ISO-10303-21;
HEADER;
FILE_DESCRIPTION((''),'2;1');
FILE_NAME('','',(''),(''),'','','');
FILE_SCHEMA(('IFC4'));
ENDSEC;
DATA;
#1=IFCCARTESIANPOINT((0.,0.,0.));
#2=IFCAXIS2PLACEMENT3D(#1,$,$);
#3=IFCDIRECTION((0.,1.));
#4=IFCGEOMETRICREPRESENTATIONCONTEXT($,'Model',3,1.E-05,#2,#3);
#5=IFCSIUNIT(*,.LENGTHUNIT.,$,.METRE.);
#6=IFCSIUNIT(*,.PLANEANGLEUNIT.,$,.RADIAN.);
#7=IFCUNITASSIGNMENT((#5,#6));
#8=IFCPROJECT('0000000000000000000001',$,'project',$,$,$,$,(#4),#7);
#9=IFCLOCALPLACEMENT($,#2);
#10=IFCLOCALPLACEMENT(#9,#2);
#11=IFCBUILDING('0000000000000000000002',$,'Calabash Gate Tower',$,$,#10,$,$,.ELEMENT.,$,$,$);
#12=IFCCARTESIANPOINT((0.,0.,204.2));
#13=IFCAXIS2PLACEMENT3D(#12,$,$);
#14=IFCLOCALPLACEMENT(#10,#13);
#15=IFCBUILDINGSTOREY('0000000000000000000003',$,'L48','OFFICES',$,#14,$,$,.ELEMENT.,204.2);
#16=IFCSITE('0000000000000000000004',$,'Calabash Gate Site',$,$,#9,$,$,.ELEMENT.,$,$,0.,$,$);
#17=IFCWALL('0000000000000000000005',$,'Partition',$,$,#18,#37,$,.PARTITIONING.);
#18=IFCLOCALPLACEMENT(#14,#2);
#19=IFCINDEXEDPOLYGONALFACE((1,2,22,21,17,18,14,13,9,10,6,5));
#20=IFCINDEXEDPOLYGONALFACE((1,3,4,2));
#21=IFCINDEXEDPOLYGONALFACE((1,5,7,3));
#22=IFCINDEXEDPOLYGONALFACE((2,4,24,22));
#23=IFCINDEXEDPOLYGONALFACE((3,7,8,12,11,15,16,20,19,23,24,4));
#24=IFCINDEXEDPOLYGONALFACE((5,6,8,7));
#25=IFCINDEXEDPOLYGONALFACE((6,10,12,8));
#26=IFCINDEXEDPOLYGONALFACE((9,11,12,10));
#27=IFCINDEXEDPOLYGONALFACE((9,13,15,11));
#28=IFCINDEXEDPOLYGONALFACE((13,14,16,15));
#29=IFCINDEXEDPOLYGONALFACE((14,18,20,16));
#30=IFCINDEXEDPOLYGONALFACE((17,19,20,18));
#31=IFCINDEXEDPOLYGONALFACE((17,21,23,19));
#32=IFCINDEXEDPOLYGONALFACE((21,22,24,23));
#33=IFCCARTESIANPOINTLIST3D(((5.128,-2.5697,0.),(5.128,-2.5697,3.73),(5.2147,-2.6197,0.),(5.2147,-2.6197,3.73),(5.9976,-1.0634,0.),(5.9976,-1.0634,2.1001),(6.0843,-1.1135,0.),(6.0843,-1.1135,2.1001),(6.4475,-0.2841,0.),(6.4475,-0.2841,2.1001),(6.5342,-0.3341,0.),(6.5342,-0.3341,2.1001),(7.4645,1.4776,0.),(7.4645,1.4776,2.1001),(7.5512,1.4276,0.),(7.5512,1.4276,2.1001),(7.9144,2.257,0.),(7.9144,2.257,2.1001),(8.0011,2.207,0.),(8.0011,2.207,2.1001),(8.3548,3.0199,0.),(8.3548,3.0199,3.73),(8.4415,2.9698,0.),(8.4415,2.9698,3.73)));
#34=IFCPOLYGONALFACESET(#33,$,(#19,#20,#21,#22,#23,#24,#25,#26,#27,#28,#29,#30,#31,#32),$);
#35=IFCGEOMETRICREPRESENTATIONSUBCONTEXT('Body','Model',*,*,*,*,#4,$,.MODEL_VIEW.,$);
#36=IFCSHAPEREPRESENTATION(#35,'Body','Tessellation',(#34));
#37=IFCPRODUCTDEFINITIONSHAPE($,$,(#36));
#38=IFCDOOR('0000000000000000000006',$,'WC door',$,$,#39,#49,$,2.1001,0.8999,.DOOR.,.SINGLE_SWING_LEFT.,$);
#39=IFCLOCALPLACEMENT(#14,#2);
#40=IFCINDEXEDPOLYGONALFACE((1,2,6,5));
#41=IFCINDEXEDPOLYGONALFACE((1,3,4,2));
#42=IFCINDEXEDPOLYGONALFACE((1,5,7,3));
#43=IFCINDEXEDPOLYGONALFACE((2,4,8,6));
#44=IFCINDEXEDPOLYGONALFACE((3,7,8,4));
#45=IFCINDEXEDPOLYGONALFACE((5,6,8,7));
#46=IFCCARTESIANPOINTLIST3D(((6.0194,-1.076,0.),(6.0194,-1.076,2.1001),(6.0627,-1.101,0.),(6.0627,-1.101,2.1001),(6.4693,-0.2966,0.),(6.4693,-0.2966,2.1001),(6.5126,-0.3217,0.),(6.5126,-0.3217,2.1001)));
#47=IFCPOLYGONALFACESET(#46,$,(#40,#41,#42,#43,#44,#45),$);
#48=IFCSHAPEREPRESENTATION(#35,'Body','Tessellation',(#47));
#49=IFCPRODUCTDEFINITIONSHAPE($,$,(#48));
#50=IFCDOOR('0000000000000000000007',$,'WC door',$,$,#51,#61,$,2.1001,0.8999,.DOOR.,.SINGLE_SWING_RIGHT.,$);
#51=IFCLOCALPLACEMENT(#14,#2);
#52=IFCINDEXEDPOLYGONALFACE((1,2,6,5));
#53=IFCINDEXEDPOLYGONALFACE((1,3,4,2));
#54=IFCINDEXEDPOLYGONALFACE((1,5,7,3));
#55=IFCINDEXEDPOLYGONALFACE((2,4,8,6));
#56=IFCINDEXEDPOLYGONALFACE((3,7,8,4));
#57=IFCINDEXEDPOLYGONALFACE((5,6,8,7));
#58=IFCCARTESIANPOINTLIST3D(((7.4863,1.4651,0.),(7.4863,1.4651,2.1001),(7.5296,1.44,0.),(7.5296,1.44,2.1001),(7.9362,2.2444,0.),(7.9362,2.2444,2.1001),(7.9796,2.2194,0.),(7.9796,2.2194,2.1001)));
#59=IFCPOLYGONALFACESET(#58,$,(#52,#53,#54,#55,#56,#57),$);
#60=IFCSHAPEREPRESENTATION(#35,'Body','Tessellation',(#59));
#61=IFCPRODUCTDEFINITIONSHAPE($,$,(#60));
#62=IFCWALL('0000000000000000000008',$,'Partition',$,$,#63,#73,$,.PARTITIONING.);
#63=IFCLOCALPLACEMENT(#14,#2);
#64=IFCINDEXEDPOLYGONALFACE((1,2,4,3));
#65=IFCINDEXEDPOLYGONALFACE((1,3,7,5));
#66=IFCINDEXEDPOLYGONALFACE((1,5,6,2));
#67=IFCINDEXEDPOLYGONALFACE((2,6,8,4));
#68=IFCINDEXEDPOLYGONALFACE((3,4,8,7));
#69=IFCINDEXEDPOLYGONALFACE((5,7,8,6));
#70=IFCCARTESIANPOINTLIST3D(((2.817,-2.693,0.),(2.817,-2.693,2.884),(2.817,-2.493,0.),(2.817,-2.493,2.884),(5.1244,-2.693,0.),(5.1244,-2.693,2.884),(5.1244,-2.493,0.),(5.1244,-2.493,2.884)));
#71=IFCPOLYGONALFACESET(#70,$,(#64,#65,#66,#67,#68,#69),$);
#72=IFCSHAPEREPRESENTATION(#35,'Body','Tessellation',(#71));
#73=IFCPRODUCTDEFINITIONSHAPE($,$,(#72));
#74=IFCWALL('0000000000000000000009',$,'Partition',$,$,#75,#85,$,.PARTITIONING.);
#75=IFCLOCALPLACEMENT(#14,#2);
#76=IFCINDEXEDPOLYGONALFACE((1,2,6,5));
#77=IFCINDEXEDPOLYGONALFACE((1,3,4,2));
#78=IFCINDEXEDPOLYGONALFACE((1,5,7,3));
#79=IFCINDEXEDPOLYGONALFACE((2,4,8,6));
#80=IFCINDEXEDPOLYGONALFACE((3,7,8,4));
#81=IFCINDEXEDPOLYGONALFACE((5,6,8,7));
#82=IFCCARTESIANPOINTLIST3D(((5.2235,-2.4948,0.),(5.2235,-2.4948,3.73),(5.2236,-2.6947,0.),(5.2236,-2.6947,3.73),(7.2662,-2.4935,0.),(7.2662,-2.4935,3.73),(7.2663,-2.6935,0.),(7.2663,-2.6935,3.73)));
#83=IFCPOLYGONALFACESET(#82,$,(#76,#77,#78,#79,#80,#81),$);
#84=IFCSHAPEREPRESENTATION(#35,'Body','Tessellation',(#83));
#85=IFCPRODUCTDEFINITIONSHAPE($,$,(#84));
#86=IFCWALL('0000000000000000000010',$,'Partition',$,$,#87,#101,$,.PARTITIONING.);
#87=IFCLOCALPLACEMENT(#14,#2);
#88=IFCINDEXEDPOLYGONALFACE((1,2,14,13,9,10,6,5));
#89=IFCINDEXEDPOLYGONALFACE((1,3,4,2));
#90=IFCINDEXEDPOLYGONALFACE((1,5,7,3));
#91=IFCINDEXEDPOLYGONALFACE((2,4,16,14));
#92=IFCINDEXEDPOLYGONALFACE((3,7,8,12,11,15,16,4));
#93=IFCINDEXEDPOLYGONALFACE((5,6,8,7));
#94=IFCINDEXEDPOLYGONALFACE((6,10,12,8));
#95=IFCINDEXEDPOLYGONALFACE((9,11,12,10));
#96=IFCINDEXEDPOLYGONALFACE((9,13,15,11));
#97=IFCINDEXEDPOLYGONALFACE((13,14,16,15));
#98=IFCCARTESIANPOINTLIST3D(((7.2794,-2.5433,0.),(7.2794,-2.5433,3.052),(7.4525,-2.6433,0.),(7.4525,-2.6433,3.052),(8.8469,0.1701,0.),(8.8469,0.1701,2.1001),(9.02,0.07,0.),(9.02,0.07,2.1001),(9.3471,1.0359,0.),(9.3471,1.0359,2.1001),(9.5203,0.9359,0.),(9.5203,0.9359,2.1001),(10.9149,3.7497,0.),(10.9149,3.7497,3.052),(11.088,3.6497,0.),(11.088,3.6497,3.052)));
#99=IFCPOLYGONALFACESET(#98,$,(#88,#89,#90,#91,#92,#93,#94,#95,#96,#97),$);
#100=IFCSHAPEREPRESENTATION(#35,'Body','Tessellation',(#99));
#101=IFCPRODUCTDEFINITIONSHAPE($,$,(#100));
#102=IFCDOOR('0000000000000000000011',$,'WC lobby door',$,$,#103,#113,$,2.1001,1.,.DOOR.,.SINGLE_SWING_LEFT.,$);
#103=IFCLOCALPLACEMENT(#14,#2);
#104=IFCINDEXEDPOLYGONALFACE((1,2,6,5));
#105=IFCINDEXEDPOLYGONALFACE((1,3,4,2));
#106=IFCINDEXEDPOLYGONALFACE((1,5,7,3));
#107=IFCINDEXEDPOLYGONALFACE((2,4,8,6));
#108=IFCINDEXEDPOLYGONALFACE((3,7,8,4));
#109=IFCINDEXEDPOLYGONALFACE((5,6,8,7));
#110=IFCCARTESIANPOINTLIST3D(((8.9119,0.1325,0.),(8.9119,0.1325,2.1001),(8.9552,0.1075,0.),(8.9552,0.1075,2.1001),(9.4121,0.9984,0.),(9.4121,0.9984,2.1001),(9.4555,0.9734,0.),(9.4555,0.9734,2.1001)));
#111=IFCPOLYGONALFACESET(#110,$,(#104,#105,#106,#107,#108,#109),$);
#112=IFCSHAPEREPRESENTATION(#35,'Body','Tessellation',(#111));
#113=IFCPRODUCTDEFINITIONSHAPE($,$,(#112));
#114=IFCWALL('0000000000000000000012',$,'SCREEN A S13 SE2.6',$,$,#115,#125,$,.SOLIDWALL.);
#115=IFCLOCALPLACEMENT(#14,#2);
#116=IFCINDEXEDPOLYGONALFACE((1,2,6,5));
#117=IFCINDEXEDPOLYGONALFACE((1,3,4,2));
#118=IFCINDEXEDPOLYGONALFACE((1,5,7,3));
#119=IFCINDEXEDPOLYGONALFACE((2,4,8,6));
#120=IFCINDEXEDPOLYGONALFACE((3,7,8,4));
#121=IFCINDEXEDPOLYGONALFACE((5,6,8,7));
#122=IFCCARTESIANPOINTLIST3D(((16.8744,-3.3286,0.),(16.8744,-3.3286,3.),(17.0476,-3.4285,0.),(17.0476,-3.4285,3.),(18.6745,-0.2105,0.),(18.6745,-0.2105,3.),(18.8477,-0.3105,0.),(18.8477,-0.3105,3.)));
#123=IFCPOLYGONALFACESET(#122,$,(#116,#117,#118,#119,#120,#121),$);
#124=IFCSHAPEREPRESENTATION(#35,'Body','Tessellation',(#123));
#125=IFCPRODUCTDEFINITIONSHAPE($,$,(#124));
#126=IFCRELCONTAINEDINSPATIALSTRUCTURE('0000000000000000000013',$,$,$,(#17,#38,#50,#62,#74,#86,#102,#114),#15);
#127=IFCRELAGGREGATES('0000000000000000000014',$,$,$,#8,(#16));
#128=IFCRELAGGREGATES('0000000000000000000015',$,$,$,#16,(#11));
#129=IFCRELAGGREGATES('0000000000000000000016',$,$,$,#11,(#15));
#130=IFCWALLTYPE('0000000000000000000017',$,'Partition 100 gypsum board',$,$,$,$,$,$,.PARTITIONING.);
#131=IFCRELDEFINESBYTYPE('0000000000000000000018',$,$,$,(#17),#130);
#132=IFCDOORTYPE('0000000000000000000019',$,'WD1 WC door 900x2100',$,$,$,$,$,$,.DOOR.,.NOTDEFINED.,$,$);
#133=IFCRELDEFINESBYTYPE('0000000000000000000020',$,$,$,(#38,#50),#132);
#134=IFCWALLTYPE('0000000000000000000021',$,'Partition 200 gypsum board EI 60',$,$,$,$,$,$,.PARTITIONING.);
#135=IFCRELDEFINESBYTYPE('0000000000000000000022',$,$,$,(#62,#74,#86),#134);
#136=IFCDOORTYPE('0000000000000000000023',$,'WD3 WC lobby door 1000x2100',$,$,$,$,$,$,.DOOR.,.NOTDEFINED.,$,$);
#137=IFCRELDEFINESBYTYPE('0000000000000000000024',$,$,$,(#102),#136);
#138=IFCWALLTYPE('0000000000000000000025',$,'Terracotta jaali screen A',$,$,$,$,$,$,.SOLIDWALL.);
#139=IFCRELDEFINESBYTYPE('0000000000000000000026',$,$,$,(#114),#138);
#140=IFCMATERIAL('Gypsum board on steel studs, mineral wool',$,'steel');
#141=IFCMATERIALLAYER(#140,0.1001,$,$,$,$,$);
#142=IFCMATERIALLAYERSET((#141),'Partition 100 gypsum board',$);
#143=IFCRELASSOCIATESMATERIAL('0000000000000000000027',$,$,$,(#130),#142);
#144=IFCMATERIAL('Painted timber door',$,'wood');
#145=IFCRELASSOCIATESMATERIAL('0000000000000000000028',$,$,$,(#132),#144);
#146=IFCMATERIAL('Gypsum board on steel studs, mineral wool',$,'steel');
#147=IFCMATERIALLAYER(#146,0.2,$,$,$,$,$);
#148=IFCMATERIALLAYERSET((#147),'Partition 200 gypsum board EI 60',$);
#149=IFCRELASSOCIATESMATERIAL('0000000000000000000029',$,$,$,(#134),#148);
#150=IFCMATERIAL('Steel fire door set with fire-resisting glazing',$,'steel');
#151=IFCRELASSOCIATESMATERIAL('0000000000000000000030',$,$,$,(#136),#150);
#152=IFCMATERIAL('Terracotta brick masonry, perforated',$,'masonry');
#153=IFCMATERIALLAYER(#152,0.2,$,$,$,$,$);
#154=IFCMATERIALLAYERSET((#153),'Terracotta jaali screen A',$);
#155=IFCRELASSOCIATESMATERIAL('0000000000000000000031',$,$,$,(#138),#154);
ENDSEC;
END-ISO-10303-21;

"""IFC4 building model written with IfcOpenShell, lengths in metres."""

from ifc_helpers import new_model, si_unit, direction, frame, frame_2d, origin, place, context, subcontext, project, spatial, rectangle, extrude, material, layer, layer_set, type_object, element, fill, save


model = new_model("IFC4")

# Units and contexts
model_context = context("Model", 3, precision=1e-05, world=origin(), true_north=direction((0.0, 1.0)))
body_context = subcontext(model_context, "Body", "Model", "MODEL_VIEW")
ifc_project = project(units=[si_unit("LENGTHUNIT", "METRE"), si_unit("PLANEANGLEUNIT", "RADIAN")], contexts=[model_context])

# Site, building, storey
site_placement = place(None, origin())
site = spatial("IfcSite", under=ifc_project, at=site_placement, Name="Calabash Gate Site", CompositionType="ELEMENT", RefElevation=0.0)
building_placement = place(site_placement, origin())
building = spatial("IfcBuilding", under=site, at=building_placement, Name="Calabash Gate Tower", CompositionType="ELEMENT")
storey_placement = place(building_placement, frame((0.0, 0.0, 204.2)))
storey = spatial("IfcBuildingStorey", under=building, at=storey_placement, Name="L48", Description="OFFICES", CompositionType="ELEMENT", Elevation=204.2)

# Wall, openings, doors
ifc_material_1 = material(Name="Gypsum board on steel studs, mineral wool", Category="steel")
ifc_layer_1 = layer(ifc_material_1, 0.1001)
ifc_layer_set_1 = layer_set([ifc_layer_1], Name="Partition 100 gypsum board")
wall_type_1 = type_object("IfcWallType", Name="Partition 100 gypsum board", PredefinedType="PARTITIONING", material=ifc_layer_set_1)
wall_1_placement = place(storey_placement, frame((5.1714, -2.5947, 0.0), z_axis=(0.0, 0.0, 1.0), x_axis=(0.499959, 0.866049, 0.0)))
wall_1 = element("IfcWall", 1, at=wall_1_placement, inside=storey, type_object=wall_type_1, Name="Partition", PredefinedType="PARTITIONING", context=body_context, shape_type="SweptSolid", body=[
    extrude(rectangle(XDim=6.4541, YDim=0.1001, at=frame_2d((3.2271, 0.0))), origin(), (0.0, 0.0, 1.0), 3.73),
])
opening_1_placement = place(wall_1_placement, frame((1.7393, 0.0, 0.0)))
opening_1 = element("IfcOpeningElement", 2, at=opening_1_placement, cuts=wall_1, PredefinedType="OPENING", context=body_context, shape_type="SweptSolid", body=[
    extrude(rectangle(XDim=0.8999, YDim=2.1001, at=frame_2d((0.45, 1.05))), frame((0.0, 0.0601, 0.0), z_axis=(0.0, -1.0, 0.0), x_axis=(1.0, 0.0, 0.0)), (0.0, 0.0, 1.0), 0.1201),
])
opening_2_placement = place(wall_1_placement, frame((4.6733, 0.0, 0.0)))
opening_2 = element("IfcOpeningElement", 3, at=opening_2_placement, cuts=wall_1, PredefinedType="OPENING", context=body_context, shape_type="SweptSolid", body=[
    extrude(rectangle(XDim=0.8999, YDim=2.1001, at=frame_2d((0.45, 1.05))), frame((0.0, 0.0601, 0.0), z_axis=(0.0, -1.0, 0.0), x_axis=(1.0, 0.0, 0.0)), (0.0, 0.0, 1.0), 0.1201),
])
ifc_material_2 = material(Name="Painted timber door", Category="wood")
door_type_1 = type_object("IfcDoorType", Name="WD1 WC door 900x2100", OperationType="NOTDEFINED", PredefinedType="DOOR", material=ifc_material_2)
door_1_placement = place(opening_1_placement, origin())
door_1 = element("IfcDoor", 4, at=door_1_placement, inside=storey, type_object=door_type_1, Name="WC door", OperationType="SINGLE_SWING_LEFT", OverallHeight=2.1001, OverallWidth=0.8999, PredefinedType="DOOR", context=body_context, shape_type="SweptSolid", body=[
    extrude(rectangle(XDim=0.8999, YDim=2.1001, at=frame_2d((0.45, 1.05))), frame((0.0, 0.0249, 0.0), z_axis=(0.0, -1.0, 0.0), x_axis=(1.0, 0.0, 0.0)), (0.0, 0.0, 1.0), 0.05),
])
fill(opening_1, door_1)
door_2_placement = place(opening_2_placement, origin())
door_2 = element("IfcDoor", 5, at=door_2_placement, inside=storey, type_object=door_type_1, Name="WC door", OperationType="SINGLE_SWING_RIGHT", OverallHeight=2.1001, OverallWidth=0.8999, PredefinedType="DOOR", context=body_context, shape_type="SweptSolid", body=[
    extrude(rectangle(XDim=0.8999, YDim=2.1001, at=frame_2d((0.45, 1.05))), frame((0.0, 0.0249, 0.0), z_axis=(0.0, -1.0, 0.0), x_axis=(1.0, 0.0, 0.0)), (0.0, 0.0, 1.0), 0.05),
])
fill(opening_2, door_2)

# Walls
ifc_material_3 = material(Name="Gypsum board on steel studs, mineral wool", Category="steel")
ifc_layer_2 = layer(ifc_material_3, 0.2)
ifc_layer_set_2 = layer_set([ifc_layer_2], Name="Partition 200 gypsum board EI 60")
wall_type_2 = type_object("IfcWallType", Name="Partition 200 gypsum board EI 60", PredefinedType="PARTITIONING", material=ifc_layer_set_2)
wall_2_placement = place(storey_placement, frame((2.8169, -2.593, 0.0), z_axis=(0.0, 0.0, 1.0), x_axis=(1.0, 0.0, 0.0)))
element("IfcWall", 6, at=wall_2_placement, inside=storey, type_object=wall_type_2, Name="Partition", PredefinedType="PARTITIONING", context=body_context, shape_type="SweptSolid", body=[
    extrude(rectangle(XDim=2.3074, YDim=0.2, at=frame_2d((1.1538, 0.0))), origin(), (0.0, 0.0, 1.0), 2.884),
])
wall_3_placement = place(storey_placement, frame((5.2234, -2.5947, 0.0), z_axis=(0.0, 0.0, 1.0), x_axis=(1.0, 0.000598, 0.0)))
element("IfcWall", 7, at=wall_3_placement, inside=storey, type_object=wall_type_2, Name="Partition", PredefinedType="PARTITIONING", context=body_context, shape_type="SweptSolid", body=[
    extrude(rectangle(XDim=2.0427, YDim=0.2, at=frame_2d((1.0215, 0.0))), origin(), (0.0, 0.0, 1.0), 3.73),
])

# Wall, opening, door
wall_4_placement = place(storey_placement, frame((7.366, -2.5933, 0.0), z_axis=(0.0, 0.0, 1.0), x_axis=(0.500232, 0.865891, 0.0)))
wall_4 = element("IfcWall", 8, at=wall_4_placement, inside=storey, type_object=wall_type_2, Name="Partition", PredefinedType="PARTITIONING", context=body_context, shape_type="SweptSolid", body=[
    extrude(rectangle(XDim=7.2676, YDim=0.2, at=frame_2d((3.6338, 0.0))), origin(), (0.0, 0.0, 1.0), 3.052),
])
opening_3_placement = place(wall_4_placement, frame((3.1335, 0.0, 0.0)))
opening_3 = element("IfcOpeningElement", 9, at=opening_3_placement, cuts=wall_4, PredefinedType="OPENING", context=body_context, shape_type="SweptSolid", body=[
    extrude(rectangle(XDim=1.0, YDim=2.1001, at=frame_2d((0.5, 1.05))), frame((0.0, 0.1099, 0.0), z_axis=(0.0, -1.0, 0.0), x_axis=(1.0, 0.0, 0.0)), (0.0, 0.0, 1.0), 0.22),
])
ifc_material_4 = material(Name="Steel fire door set with fire-resisting glazing", Category="steel")
door_type_2 = type_object("IfcDoorType", Name="WD3 WC lobby door 1000x2100", OperationType="NOTDEFINED", PredefinedType="DOOR", material=ifc_material_4)
door_3_placement = place(opening_3_placement, origin())
door_3 = element("IfcDoor", 10, at=door_3_placement, inside=storey, type_object=door_type_2, Name="WC lobby door", OperationType="SINGLE_SWING_LEFT", OverallHeight=2.1001, OverallWidth=1.0, PredefinedType="DOOR", context=body_context, shape_type="SweptSolid", body=[
    extrude(rectangle(XDim=1.0, YDim=2.1001, at=frame_2d((0.5, 1.05))), frame((0.0, 0.0249, 0.0), z_axis=(0.0, -1.0, 0.0), x_axis=(1.0, 0.0, 0.0)), (0.0, 0.0, 1.0), 0.05),
])
fill(opening_3, door_3)

# Wall
ifc_material_5 = material(Name="Terracotta brick masonry, perforated", Category="masonry")
ifc_layer_3 = layer(ifc_material_5, 0.2)
ifc_layer_set_3 = layer_set([ifc_layer_3], Name="Terracotta jaali screen A")
wall_type_3 = type_object("IfcWallType", Name="Terracotta jaali screen A", PredefinedType="SOLIDWALL", material=ifc_layer_set_3)
wall_5_placement = place(storey_placement, frame((16.9609, -3.3787, 0.0), z_axis=(0.0, 0.0, 1.0), x_axis=(0.499983, 0.866035, 0.0)))
element("IfcWall", 11, at=wall_5_placement, inside=storey, type_object=wall_type_3, Name="SCREEN A S13 SE2.6", PredefinedType="SOLIDWALL", context=body_context, shape_type="SweptSolid", body=[
    extrude(rectangle(XDim=3.6003, YDim=0.2, at=frame_2d((1.8003, 0.0))), origin(), (0.0, 0.0, 1.0), 3.0),
])

save(model, "model.ifc")
